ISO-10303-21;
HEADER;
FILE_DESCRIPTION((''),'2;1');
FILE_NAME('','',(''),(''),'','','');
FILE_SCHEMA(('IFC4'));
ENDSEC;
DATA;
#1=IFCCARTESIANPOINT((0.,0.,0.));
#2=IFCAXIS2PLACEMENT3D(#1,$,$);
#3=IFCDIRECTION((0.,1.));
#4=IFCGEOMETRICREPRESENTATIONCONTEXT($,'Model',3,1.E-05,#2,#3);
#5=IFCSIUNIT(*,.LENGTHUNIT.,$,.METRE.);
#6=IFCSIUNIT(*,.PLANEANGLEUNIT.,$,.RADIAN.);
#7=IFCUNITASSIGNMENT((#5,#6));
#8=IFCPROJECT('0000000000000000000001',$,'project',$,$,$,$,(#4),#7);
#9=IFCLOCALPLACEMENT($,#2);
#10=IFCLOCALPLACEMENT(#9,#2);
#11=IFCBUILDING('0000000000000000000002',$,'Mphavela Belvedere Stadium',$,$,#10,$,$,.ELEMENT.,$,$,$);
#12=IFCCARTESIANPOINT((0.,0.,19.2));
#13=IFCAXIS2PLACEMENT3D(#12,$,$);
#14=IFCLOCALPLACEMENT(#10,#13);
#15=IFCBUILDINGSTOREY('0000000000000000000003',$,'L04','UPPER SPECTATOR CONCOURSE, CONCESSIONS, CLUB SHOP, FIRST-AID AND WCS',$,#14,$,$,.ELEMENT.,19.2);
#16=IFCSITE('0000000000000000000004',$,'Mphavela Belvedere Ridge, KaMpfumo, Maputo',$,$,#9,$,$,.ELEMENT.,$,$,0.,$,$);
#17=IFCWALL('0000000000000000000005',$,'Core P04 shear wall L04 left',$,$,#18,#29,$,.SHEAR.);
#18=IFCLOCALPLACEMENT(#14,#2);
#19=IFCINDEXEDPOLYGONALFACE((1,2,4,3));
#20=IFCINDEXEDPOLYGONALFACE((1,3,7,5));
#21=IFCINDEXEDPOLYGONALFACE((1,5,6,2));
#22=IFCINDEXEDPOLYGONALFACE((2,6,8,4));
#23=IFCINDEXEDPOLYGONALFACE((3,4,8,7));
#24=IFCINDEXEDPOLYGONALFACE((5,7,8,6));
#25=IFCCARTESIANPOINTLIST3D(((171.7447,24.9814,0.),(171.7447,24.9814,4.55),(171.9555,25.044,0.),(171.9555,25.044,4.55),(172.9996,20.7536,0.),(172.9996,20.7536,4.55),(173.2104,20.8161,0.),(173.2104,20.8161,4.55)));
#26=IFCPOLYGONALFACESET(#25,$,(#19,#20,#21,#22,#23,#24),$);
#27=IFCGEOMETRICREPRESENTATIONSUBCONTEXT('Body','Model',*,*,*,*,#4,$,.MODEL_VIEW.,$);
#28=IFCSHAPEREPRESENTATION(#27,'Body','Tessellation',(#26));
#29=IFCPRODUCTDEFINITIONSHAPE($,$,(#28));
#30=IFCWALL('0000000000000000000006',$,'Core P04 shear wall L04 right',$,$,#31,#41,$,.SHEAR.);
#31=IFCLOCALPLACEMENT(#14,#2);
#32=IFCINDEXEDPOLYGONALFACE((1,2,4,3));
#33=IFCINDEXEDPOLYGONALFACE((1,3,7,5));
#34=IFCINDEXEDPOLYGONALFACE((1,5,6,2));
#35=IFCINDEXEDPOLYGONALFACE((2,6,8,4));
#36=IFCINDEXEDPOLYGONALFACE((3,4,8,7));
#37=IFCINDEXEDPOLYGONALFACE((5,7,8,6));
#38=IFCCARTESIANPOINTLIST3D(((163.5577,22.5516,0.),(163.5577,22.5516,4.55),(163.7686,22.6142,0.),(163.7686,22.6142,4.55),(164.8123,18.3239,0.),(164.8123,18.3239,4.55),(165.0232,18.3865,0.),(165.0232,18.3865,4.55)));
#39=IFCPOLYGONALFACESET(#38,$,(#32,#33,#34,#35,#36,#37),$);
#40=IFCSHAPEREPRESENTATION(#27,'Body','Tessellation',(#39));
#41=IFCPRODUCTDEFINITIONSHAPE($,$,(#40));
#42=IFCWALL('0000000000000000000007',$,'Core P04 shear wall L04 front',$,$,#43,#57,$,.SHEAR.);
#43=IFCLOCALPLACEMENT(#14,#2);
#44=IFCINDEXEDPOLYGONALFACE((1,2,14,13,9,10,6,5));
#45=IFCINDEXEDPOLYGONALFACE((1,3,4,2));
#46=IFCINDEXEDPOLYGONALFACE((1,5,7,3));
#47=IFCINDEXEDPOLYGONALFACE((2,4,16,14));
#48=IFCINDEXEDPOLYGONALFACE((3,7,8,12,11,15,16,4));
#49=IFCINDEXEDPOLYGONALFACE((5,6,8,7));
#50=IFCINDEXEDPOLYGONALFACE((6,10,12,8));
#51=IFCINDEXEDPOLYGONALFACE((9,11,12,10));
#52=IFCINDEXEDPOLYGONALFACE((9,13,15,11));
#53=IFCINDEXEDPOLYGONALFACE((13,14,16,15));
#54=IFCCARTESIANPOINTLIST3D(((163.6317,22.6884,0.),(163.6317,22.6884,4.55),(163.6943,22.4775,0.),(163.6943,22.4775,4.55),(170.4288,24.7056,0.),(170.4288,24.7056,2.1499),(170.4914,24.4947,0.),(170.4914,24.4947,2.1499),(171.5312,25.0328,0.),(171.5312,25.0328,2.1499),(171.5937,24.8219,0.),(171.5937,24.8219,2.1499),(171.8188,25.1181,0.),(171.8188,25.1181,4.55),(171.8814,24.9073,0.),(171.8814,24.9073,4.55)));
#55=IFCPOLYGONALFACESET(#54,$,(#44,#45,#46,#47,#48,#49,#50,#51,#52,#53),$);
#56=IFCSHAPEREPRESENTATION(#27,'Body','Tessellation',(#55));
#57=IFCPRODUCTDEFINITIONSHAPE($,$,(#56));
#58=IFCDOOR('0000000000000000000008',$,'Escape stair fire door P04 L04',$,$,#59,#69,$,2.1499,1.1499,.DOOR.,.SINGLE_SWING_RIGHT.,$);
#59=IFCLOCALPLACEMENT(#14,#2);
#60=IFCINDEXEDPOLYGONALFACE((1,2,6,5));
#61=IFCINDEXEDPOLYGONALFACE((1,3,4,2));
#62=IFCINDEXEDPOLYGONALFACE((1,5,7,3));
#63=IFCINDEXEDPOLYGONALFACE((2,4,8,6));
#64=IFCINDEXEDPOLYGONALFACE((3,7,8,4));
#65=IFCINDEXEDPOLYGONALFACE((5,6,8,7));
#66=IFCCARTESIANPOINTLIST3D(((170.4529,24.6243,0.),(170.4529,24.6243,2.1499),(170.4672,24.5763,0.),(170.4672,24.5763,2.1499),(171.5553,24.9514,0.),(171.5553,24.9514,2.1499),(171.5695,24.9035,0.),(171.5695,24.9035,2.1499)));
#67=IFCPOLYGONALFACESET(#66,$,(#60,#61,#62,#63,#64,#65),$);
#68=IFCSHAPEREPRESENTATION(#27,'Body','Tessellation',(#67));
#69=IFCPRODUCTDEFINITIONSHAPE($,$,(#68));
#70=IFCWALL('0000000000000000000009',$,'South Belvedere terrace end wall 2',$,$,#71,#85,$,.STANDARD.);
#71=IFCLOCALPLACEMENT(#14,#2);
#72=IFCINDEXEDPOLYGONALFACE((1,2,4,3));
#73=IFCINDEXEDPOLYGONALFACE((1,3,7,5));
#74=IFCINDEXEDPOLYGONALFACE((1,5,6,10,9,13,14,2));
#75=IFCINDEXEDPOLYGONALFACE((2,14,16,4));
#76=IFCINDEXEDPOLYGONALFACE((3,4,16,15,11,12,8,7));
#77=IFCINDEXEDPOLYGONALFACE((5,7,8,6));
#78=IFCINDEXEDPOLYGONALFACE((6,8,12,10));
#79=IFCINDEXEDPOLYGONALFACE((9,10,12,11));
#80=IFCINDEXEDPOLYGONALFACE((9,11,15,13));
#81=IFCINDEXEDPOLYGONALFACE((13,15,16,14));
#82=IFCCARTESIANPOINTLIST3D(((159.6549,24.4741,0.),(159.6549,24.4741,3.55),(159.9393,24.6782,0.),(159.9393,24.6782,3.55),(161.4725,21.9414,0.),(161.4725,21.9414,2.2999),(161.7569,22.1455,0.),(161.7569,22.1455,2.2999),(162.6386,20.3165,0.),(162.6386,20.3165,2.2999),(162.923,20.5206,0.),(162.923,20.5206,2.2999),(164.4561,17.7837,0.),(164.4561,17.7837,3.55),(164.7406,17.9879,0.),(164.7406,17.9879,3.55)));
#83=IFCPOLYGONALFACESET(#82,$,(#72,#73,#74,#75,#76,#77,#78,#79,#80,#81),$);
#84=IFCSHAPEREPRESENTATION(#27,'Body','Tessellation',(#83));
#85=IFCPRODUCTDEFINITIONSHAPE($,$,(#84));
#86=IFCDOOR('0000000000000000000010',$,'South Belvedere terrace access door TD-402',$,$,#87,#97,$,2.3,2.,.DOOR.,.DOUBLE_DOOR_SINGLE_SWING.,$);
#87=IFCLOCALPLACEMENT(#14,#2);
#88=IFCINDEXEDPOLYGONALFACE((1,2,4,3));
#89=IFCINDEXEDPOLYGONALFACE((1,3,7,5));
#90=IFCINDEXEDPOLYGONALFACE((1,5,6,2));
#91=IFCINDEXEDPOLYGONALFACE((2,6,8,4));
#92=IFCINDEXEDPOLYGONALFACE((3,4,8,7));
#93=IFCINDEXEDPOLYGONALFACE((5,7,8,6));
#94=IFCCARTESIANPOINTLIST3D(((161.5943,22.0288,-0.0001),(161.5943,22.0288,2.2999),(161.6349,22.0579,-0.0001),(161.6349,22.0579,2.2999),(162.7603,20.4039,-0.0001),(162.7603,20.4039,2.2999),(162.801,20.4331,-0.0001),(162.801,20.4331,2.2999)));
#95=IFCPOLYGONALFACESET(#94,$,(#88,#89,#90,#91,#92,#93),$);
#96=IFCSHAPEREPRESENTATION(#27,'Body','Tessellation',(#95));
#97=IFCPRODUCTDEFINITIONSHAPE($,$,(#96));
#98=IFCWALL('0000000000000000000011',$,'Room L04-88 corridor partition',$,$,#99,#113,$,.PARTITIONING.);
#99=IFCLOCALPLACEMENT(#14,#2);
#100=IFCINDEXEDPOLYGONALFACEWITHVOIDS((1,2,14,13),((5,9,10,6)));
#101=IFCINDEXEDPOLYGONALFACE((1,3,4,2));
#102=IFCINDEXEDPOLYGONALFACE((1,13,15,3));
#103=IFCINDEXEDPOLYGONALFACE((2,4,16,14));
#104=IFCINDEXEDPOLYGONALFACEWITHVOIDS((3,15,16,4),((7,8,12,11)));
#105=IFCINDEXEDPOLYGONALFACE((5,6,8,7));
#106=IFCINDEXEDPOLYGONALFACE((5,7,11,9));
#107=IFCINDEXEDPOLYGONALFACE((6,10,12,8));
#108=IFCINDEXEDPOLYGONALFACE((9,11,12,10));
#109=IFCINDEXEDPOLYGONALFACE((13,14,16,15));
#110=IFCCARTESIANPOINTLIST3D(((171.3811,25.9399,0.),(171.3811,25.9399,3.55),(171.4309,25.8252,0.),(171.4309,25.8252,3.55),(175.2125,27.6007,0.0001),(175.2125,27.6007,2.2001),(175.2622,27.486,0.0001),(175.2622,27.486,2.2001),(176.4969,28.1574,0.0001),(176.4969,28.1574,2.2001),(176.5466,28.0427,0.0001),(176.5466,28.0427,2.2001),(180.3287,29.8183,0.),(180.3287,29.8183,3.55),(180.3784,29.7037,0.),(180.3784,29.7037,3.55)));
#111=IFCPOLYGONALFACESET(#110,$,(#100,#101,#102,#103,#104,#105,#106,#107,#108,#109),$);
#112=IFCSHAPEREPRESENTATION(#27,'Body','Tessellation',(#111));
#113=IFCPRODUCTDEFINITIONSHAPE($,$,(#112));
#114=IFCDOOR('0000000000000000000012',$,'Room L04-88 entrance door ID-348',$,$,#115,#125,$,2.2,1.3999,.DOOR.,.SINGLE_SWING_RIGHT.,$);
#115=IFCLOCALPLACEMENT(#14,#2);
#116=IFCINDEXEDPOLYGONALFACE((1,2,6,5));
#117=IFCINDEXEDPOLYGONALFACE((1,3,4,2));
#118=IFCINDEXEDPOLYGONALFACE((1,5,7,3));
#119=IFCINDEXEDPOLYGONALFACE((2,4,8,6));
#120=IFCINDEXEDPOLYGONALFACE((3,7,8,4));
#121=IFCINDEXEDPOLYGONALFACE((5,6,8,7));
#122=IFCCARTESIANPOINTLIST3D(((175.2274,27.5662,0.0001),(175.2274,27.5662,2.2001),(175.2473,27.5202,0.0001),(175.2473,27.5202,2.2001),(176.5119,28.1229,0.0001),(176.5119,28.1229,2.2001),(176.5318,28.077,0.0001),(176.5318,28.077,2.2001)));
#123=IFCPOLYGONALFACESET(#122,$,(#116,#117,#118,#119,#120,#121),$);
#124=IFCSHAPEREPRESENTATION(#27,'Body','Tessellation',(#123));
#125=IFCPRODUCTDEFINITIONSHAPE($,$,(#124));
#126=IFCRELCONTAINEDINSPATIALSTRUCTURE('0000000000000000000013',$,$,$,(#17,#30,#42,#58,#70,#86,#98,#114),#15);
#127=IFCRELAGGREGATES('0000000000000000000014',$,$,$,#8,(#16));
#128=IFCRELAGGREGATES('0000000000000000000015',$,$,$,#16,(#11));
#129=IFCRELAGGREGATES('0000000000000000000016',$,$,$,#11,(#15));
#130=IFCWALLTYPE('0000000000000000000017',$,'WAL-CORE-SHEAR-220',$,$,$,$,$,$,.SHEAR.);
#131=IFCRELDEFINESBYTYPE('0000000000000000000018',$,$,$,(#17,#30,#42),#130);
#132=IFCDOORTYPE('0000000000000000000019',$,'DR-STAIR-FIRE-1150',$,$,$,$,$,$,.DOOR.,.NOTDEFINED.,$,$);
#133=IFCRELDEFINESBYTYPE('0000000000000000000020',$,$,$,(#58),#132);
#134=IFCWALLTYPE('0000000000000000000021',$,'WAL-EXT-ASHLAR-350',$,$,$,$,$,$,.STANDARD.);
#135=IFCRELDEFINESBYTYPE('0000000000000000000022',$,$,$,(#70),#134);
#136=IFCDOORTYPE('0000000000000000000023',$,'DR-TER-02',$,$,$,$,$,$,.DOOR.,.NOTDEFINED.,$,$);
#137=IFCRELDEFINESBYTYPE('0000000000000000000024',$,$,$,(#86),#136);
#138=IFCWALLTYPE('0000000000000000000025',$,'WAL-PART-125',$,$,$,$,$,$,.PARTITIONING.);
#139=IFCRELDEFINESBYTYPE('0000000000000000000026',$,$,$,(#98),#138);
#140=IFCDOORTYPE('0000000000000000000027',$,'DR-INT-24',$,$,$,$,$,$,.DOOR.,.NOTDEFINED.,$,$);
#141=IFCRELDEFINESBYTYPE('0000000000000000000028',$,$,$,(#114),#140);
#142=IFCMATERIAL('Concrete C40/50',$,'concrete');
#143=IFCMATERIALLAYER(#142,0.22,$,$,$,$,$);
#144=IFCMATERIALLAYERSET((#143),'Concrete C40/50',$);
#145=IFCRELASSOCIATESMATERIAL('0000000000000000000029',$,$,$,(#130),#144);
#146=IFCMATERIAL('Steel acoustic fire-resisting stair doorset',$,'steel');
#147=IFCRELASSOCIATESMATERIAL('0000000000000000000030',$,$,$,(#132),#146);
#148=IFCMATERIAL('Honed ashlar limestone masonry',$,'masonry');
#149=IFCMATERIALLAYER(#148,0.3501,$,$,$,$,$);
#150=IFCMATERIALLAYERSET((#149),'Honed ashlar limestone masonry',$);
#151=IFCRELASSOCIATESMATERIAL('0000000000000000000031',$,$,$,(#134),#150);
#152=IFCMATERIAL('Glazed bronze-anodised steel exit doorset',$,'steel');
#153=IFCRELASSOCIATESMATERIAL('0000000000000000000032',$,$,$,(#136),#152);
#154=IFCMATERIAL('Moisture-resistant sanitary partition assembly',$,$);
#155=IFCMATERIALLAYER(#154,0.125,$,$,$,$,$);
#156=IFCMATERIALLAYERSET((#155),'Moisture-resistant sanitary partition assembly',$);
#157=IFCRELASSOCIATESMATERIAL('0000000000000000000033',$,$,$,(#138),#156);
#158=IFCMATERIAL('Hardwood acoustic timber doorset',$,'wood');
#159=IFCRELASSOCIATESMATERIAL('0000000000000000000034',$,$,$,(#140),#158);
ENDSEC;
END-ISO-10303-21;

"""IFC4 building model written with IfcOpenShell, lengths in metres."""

from ifc_helpers import new_model, si_unit, direction, frame, frame_2d, origin, place, context, subcontext, project, spatial, rectangle, extrude, material, layer, layer_set, type_object, element, fill, save


model = new_model("IFC4")

# Units and contexts
model_context = context("Model", 3, precision=1e-05, world=origin(), true_north=direction((0.0, 1.0)))
body_context = subcontext(model_context, "Body", "Model", "MODEL_VIEW")
ifc_project = project(units=[si_unit("LENGTHUNIT", "METRE"), si_unit("PLANEANGLEUNIT", "RADIAN")], contexts=[model_context])

# Site, building, storey
site_placement = place(None, origin())
site = spatial("IfcSite", under=ifc_project, at=site_placement, Name="Mphavela Belvedere Ridge, KaMpfumo, Maputo", CompositionType="ELEMENT", RefElevation=0.0)
building_placement = place(site_placement, origin())
building = spatial("IfcBuilding", under=site, at=building_placement, Name="Mphavela Belvedere Stadium", CompositionType="ELEMENT")
storey_placement = place(building_placement, frame((0.0, 0.0, 19.2)))
storey = spatial("IfcBuildingStorey", under=building, at=storey_placement, Name="L04", Description="UPPER SPECTATOR CONCOURSE, CONCESSIONS, CLUB SHOP, FIRST-AID AND WCS", CompositionType="ELEMENT", Elevation=19.2)

# Walls
ifc_material_1 = material(Name="Concrete C40/50", Category="concrete")
ifc_layer_1 = layer(ifc_material_1, 0.22)
ifc_layer_set_1 = layer_set([ifc_layer_1], Name="Concrete C40/50")
wall_type_1 = type_object("IfcWallType", Name="WAL-CORE-SHEAR-220", PredefinedType="SHEAR", material=ifc_layer_set_1)
wall_1_placement = place(storey_placement, frame((171.8501, 25.0127, 0.0), z_axis=(0.0, 0.0, 1.0), x_axis=(0.284548, -0.958662, 0.0)))
element("IfcWall", 1, at=wall_1_placement, inside=storey, type_object=wall_type_1, Name="Core P04 shear wall L04 left", PredefinedType="SHEAR", context=body_context, shape_type="SweptSolid", body=[
    extrude(rectangle(XDim=4.4102, YDim=0.22, at=frame_2d((2.2051, 0.0))), origin(), (0.0, 0.0, 1.0), 4.55),
])
wall_2_placement = place(storey_placement, frame((163.6631, 22.583, 0.0), z_axis=(0.0, 0.0, 1.0), x_axis=(0.284497, -0.958677, 0.0)))
element("IfcWall", 2, at=wall_2_placement, inside=storey, type_object=wall_type_1, Name="Core P04 shear wall L04 right", PredefinedType="SHEAR", context=body_context, shape_type="SweptSolid", body=[
    extrude(rectangle(XDim=4.4099, YDim=0.22, at=frame_2d((2.2051, 0.0))), origin(), (0.0, 0.0, 1.0), 4.55),
])

# Walls, openings, doors
wall_3_placement = place(storey_placement, frame((171.8501, 25.0127, 0.0), z_axis=(0.0, 0.0, 1.0), x_axis=(-0.958673, -0.284509, 0.0)))
wall_3 = element("IfcWall", 3, at=wall_3_placement, inside=storey, type_object=wall_type_1, Name="Core P04 shear wall L04 front", PredefinedType="SHEAR", context=body_context, shape_type="SweptSolid", body=[
    extrude(rectangle(XDim=8.54, YDim=0.22, at=frame_2d((4.27, 0.0))), origin(), (0.0, 0.0, 1.0), 4.55),
])
opening_1_placement = place(wall_3_placement, frame((0.3, 0.0, 0.0)))
opening_1 = element("IfcOpeningElement", 4, at=opening_1_placement, cuts=wall_3, PredefinedType="OPENING", context=body_context, shape_type="SweptSolid", body=[
    extrude(rectangle(XDim=1.1499, YDim=2.1499, at=frame_2d((0.575, 1.075))), frame((0.0, 0.1201, 0.0), z_axis=(0.0, -1.0, 0.0), x_axis=(1.0, 0.0, 0.0)), (0.0, 0.0, 1.0), 0.24),
])
ifc_material_2 = material(Name="Steel acoustic fire-resisting stair doorset", Category="steel")
door_type_1 = type_object("IfcDoorType", Name="DR-STAIR-FIRE-1150", OperationType="NOTDEFINED", PredefinedType="DOOR", material=ifc_material_2)
door_1_placement = place(opening_1_placement, origin())
door_1 = element("IfcDoor", 5, at=door_1_placement, inside=storey, type_object=door_type_1, Name="Escape stair fire door P04 L04", OperationType="SINGLE_SWING_RIGHT", OverallHeight=2.1499, OverallWidth=1.1499, PredefinedType="DOOR", context=body_context, shape_type="SweptSolid", body=[
    extrude(rectangle(XDim=1.1499, YDim=2.1499, at=frame_2d((0.575, 1.075))), frame((0.0, 0.0249, 0.0), z_axis=(0.0, -1.0, 0.0), x_axis=(1.0, 0.0, 0.0)), (0.0, 0.0, 1.0), 0.05),
])
fill(opening_1, door_1)
ifc_material_3 = material(Name="Honed ashlar limestone masonry", Category="masonry")
ifc_layer_2 = layer(ifc_material_3, 0.3501)
ifc_layer_set_2 = layer_set([ifc_layer_2], Name="Honed ashlar limestone masonry")
wall_type_2 = type_object("IfcWallType", Name="WAL-EXT-ASHLAR-350", PredefinedType="STANDARD", material=ifc_layer_set_2)
wall_4_placement = place(storey_placement, frame((159.7971, 24.5762, 0.0), z_axis=(0.0, 0.0, 1.0), x_axis=(0.583037, -0.812445, 0.0)))
wall_4 = element("IfcWall", 6, at=wall_4_placement, inside=storey, type_object=wall_type_2, Name="South Belvedere terrace end wall 2", PredefinedType="STANDARD", context=body_context, shape_type="SweptSolid", body=[
    extrude(rectangle(XDim=8.2349, YDim=0.3501, at=frame_2d((4.1174, 0.0))), origin(), (0.0, 0.0, 1.0), 3.55),
])
opening_2_placement = place(wall_4_placement, frame((3.1174, 0.0, 0.0)))
opening_2 = element("IfcOpeningElement", 7, at=opening_2_placement, cuts=wall_4, PredefinedType="OPENING", context=body_context, shape_type="SweptSolid", body=[
    extrude(rectangle(XDim=2.0, YDim=2.3, at=frame_2d((1.0, 1.1499))), frame((0.0, 0.1851, 0.0), z_axis=(0.0, -1.0, 0.0), x_axis=(1.0, 0.0, 0.0)), (0.0, 0.0, 1.0), 0.3701),
])
ifc_material_4 = material(Name="Glazed bronze-anodised steel exit doorset", Category="steel")
door_type_2 = type_object("IfcDoorType", Name="DR-TER-02", OperationType="NOTDEFINED", PredefinedType="DOOR", material=ifc_material_4)
door_2_placement = place(opening_2_placement, origin())
door_2 = element("IfcDoor", 8, at=door_2_placement, inside=storey, type_object=door_type_2, Name="South Belvedere terrace access door TD-402", OperationType="DOUBLE_DOOR_SINGLE_SWING", OverallHeight=2.3, OverallWidth=2.0, PredefinedType="DOOR", context=body_context, shape_type="SweptSolid", body=[
    extrude(rectangle(XDim=2.0, YDim=2.3, at=frame_2d((1.0, 1.1499))), frame((0.0, 0.0249, 0.0), z_axis=(0.0, -1.0, 0.0), x_axis=(1.0, 0.0, 0.0)), (0.0, 0.0, 1.0), 0.05),
])
fill(opening_2, door_2)
ifc_material_5 = material(Name="Moisture-resistant sanitary partition assembly")
ifc_layer_3 = layer(ifc_material_5, 0.125)
ifc_layer_set_3 = layer_set([ifc_layer_3], Name="Moisture-resistant sanitary partition assembly")
wall_type_3 = type_object("IfcWallType", Name="WAL-PART-125", PredefinedType="PARTITIONING", material=ifc_layer_set_3)
wall_5_placement = place(storey_placement, frame((171.406, 25.8826, 0.0), z_axis=(0.0, 0.0, 1.0), x_axis=(0.917512, 0.397708, 0.0)))
wall_5 = element("IfcWall", 9, at=wall_5_placement, inside=storey, type_object=wall_type_3, Name="Room L04-88 corridor partition", PredefinedType="PARTITIONING", context=body_context, shape_type="SweptSolid", body=[
    extrude(rectangle(XDim=9.752, YDim=0.125, at=frame_2d((4.876, 0.0))), origin(), (0.0, 0.0, 1.0), 3.55),
])
opening_3_placement = place(wall_5_placement, frame((4.1758, 0.0, 0.0)))
opening_3 = element("IfcOpeningElement", 10, at=opening_3_placement, cuts=wall_5, PredefinedType="OPENING", context=body_context, shape_type="SweptSolid", body=[
    extrude(rectangle(XDim=1.3999, YDim=2.2, at=frame_2d((0.7, 1.1001))), frame((0.0, 0.0725, 0.0), z_axis=(0.0, -1.0, 0.0), x_axis=(1.0, 0.0, 0.0)), (0.0, 0.0, 1.0), 0.145),
])
ifc_material_6 = material(Name="Hardwood acoustic timber doorset", Category="wood")
door_type_3 = type_object("IfcDoorType", Name="DR-INT-24", OperationType="NOTDEFINED", PredefinedType="DOOR", material=ifc_material_6)
door_3_placement = place(opening_3_placement, origin())
door_3 = element("IfcDoor", 11, at=door_3_placement, inside=storey, type_object=door_type_3, Name="Room L04-88 entrance door ID-348", OperationType="SINGLE_SWING_RIGHT", OverallHeight=2.2, OverallWidth=1.3999, PredefinedType="DOOR", context=body_context, shape_type="SweptSolid", body=[
    extrude(rectangle(XDim=1.3999, YDim=2.2, at=frame_2d((0.7, 1.1001))), frame((0.0, 0.0249, 0.0), z_axis=(0.0, -1.0, 0.0), x_axis=(1.0, 0.0, 0.0)), (0.0, 0.0, 1.0), 0.05),
])
fill(opening_3, door_3)

save(model, "model.ifc")
